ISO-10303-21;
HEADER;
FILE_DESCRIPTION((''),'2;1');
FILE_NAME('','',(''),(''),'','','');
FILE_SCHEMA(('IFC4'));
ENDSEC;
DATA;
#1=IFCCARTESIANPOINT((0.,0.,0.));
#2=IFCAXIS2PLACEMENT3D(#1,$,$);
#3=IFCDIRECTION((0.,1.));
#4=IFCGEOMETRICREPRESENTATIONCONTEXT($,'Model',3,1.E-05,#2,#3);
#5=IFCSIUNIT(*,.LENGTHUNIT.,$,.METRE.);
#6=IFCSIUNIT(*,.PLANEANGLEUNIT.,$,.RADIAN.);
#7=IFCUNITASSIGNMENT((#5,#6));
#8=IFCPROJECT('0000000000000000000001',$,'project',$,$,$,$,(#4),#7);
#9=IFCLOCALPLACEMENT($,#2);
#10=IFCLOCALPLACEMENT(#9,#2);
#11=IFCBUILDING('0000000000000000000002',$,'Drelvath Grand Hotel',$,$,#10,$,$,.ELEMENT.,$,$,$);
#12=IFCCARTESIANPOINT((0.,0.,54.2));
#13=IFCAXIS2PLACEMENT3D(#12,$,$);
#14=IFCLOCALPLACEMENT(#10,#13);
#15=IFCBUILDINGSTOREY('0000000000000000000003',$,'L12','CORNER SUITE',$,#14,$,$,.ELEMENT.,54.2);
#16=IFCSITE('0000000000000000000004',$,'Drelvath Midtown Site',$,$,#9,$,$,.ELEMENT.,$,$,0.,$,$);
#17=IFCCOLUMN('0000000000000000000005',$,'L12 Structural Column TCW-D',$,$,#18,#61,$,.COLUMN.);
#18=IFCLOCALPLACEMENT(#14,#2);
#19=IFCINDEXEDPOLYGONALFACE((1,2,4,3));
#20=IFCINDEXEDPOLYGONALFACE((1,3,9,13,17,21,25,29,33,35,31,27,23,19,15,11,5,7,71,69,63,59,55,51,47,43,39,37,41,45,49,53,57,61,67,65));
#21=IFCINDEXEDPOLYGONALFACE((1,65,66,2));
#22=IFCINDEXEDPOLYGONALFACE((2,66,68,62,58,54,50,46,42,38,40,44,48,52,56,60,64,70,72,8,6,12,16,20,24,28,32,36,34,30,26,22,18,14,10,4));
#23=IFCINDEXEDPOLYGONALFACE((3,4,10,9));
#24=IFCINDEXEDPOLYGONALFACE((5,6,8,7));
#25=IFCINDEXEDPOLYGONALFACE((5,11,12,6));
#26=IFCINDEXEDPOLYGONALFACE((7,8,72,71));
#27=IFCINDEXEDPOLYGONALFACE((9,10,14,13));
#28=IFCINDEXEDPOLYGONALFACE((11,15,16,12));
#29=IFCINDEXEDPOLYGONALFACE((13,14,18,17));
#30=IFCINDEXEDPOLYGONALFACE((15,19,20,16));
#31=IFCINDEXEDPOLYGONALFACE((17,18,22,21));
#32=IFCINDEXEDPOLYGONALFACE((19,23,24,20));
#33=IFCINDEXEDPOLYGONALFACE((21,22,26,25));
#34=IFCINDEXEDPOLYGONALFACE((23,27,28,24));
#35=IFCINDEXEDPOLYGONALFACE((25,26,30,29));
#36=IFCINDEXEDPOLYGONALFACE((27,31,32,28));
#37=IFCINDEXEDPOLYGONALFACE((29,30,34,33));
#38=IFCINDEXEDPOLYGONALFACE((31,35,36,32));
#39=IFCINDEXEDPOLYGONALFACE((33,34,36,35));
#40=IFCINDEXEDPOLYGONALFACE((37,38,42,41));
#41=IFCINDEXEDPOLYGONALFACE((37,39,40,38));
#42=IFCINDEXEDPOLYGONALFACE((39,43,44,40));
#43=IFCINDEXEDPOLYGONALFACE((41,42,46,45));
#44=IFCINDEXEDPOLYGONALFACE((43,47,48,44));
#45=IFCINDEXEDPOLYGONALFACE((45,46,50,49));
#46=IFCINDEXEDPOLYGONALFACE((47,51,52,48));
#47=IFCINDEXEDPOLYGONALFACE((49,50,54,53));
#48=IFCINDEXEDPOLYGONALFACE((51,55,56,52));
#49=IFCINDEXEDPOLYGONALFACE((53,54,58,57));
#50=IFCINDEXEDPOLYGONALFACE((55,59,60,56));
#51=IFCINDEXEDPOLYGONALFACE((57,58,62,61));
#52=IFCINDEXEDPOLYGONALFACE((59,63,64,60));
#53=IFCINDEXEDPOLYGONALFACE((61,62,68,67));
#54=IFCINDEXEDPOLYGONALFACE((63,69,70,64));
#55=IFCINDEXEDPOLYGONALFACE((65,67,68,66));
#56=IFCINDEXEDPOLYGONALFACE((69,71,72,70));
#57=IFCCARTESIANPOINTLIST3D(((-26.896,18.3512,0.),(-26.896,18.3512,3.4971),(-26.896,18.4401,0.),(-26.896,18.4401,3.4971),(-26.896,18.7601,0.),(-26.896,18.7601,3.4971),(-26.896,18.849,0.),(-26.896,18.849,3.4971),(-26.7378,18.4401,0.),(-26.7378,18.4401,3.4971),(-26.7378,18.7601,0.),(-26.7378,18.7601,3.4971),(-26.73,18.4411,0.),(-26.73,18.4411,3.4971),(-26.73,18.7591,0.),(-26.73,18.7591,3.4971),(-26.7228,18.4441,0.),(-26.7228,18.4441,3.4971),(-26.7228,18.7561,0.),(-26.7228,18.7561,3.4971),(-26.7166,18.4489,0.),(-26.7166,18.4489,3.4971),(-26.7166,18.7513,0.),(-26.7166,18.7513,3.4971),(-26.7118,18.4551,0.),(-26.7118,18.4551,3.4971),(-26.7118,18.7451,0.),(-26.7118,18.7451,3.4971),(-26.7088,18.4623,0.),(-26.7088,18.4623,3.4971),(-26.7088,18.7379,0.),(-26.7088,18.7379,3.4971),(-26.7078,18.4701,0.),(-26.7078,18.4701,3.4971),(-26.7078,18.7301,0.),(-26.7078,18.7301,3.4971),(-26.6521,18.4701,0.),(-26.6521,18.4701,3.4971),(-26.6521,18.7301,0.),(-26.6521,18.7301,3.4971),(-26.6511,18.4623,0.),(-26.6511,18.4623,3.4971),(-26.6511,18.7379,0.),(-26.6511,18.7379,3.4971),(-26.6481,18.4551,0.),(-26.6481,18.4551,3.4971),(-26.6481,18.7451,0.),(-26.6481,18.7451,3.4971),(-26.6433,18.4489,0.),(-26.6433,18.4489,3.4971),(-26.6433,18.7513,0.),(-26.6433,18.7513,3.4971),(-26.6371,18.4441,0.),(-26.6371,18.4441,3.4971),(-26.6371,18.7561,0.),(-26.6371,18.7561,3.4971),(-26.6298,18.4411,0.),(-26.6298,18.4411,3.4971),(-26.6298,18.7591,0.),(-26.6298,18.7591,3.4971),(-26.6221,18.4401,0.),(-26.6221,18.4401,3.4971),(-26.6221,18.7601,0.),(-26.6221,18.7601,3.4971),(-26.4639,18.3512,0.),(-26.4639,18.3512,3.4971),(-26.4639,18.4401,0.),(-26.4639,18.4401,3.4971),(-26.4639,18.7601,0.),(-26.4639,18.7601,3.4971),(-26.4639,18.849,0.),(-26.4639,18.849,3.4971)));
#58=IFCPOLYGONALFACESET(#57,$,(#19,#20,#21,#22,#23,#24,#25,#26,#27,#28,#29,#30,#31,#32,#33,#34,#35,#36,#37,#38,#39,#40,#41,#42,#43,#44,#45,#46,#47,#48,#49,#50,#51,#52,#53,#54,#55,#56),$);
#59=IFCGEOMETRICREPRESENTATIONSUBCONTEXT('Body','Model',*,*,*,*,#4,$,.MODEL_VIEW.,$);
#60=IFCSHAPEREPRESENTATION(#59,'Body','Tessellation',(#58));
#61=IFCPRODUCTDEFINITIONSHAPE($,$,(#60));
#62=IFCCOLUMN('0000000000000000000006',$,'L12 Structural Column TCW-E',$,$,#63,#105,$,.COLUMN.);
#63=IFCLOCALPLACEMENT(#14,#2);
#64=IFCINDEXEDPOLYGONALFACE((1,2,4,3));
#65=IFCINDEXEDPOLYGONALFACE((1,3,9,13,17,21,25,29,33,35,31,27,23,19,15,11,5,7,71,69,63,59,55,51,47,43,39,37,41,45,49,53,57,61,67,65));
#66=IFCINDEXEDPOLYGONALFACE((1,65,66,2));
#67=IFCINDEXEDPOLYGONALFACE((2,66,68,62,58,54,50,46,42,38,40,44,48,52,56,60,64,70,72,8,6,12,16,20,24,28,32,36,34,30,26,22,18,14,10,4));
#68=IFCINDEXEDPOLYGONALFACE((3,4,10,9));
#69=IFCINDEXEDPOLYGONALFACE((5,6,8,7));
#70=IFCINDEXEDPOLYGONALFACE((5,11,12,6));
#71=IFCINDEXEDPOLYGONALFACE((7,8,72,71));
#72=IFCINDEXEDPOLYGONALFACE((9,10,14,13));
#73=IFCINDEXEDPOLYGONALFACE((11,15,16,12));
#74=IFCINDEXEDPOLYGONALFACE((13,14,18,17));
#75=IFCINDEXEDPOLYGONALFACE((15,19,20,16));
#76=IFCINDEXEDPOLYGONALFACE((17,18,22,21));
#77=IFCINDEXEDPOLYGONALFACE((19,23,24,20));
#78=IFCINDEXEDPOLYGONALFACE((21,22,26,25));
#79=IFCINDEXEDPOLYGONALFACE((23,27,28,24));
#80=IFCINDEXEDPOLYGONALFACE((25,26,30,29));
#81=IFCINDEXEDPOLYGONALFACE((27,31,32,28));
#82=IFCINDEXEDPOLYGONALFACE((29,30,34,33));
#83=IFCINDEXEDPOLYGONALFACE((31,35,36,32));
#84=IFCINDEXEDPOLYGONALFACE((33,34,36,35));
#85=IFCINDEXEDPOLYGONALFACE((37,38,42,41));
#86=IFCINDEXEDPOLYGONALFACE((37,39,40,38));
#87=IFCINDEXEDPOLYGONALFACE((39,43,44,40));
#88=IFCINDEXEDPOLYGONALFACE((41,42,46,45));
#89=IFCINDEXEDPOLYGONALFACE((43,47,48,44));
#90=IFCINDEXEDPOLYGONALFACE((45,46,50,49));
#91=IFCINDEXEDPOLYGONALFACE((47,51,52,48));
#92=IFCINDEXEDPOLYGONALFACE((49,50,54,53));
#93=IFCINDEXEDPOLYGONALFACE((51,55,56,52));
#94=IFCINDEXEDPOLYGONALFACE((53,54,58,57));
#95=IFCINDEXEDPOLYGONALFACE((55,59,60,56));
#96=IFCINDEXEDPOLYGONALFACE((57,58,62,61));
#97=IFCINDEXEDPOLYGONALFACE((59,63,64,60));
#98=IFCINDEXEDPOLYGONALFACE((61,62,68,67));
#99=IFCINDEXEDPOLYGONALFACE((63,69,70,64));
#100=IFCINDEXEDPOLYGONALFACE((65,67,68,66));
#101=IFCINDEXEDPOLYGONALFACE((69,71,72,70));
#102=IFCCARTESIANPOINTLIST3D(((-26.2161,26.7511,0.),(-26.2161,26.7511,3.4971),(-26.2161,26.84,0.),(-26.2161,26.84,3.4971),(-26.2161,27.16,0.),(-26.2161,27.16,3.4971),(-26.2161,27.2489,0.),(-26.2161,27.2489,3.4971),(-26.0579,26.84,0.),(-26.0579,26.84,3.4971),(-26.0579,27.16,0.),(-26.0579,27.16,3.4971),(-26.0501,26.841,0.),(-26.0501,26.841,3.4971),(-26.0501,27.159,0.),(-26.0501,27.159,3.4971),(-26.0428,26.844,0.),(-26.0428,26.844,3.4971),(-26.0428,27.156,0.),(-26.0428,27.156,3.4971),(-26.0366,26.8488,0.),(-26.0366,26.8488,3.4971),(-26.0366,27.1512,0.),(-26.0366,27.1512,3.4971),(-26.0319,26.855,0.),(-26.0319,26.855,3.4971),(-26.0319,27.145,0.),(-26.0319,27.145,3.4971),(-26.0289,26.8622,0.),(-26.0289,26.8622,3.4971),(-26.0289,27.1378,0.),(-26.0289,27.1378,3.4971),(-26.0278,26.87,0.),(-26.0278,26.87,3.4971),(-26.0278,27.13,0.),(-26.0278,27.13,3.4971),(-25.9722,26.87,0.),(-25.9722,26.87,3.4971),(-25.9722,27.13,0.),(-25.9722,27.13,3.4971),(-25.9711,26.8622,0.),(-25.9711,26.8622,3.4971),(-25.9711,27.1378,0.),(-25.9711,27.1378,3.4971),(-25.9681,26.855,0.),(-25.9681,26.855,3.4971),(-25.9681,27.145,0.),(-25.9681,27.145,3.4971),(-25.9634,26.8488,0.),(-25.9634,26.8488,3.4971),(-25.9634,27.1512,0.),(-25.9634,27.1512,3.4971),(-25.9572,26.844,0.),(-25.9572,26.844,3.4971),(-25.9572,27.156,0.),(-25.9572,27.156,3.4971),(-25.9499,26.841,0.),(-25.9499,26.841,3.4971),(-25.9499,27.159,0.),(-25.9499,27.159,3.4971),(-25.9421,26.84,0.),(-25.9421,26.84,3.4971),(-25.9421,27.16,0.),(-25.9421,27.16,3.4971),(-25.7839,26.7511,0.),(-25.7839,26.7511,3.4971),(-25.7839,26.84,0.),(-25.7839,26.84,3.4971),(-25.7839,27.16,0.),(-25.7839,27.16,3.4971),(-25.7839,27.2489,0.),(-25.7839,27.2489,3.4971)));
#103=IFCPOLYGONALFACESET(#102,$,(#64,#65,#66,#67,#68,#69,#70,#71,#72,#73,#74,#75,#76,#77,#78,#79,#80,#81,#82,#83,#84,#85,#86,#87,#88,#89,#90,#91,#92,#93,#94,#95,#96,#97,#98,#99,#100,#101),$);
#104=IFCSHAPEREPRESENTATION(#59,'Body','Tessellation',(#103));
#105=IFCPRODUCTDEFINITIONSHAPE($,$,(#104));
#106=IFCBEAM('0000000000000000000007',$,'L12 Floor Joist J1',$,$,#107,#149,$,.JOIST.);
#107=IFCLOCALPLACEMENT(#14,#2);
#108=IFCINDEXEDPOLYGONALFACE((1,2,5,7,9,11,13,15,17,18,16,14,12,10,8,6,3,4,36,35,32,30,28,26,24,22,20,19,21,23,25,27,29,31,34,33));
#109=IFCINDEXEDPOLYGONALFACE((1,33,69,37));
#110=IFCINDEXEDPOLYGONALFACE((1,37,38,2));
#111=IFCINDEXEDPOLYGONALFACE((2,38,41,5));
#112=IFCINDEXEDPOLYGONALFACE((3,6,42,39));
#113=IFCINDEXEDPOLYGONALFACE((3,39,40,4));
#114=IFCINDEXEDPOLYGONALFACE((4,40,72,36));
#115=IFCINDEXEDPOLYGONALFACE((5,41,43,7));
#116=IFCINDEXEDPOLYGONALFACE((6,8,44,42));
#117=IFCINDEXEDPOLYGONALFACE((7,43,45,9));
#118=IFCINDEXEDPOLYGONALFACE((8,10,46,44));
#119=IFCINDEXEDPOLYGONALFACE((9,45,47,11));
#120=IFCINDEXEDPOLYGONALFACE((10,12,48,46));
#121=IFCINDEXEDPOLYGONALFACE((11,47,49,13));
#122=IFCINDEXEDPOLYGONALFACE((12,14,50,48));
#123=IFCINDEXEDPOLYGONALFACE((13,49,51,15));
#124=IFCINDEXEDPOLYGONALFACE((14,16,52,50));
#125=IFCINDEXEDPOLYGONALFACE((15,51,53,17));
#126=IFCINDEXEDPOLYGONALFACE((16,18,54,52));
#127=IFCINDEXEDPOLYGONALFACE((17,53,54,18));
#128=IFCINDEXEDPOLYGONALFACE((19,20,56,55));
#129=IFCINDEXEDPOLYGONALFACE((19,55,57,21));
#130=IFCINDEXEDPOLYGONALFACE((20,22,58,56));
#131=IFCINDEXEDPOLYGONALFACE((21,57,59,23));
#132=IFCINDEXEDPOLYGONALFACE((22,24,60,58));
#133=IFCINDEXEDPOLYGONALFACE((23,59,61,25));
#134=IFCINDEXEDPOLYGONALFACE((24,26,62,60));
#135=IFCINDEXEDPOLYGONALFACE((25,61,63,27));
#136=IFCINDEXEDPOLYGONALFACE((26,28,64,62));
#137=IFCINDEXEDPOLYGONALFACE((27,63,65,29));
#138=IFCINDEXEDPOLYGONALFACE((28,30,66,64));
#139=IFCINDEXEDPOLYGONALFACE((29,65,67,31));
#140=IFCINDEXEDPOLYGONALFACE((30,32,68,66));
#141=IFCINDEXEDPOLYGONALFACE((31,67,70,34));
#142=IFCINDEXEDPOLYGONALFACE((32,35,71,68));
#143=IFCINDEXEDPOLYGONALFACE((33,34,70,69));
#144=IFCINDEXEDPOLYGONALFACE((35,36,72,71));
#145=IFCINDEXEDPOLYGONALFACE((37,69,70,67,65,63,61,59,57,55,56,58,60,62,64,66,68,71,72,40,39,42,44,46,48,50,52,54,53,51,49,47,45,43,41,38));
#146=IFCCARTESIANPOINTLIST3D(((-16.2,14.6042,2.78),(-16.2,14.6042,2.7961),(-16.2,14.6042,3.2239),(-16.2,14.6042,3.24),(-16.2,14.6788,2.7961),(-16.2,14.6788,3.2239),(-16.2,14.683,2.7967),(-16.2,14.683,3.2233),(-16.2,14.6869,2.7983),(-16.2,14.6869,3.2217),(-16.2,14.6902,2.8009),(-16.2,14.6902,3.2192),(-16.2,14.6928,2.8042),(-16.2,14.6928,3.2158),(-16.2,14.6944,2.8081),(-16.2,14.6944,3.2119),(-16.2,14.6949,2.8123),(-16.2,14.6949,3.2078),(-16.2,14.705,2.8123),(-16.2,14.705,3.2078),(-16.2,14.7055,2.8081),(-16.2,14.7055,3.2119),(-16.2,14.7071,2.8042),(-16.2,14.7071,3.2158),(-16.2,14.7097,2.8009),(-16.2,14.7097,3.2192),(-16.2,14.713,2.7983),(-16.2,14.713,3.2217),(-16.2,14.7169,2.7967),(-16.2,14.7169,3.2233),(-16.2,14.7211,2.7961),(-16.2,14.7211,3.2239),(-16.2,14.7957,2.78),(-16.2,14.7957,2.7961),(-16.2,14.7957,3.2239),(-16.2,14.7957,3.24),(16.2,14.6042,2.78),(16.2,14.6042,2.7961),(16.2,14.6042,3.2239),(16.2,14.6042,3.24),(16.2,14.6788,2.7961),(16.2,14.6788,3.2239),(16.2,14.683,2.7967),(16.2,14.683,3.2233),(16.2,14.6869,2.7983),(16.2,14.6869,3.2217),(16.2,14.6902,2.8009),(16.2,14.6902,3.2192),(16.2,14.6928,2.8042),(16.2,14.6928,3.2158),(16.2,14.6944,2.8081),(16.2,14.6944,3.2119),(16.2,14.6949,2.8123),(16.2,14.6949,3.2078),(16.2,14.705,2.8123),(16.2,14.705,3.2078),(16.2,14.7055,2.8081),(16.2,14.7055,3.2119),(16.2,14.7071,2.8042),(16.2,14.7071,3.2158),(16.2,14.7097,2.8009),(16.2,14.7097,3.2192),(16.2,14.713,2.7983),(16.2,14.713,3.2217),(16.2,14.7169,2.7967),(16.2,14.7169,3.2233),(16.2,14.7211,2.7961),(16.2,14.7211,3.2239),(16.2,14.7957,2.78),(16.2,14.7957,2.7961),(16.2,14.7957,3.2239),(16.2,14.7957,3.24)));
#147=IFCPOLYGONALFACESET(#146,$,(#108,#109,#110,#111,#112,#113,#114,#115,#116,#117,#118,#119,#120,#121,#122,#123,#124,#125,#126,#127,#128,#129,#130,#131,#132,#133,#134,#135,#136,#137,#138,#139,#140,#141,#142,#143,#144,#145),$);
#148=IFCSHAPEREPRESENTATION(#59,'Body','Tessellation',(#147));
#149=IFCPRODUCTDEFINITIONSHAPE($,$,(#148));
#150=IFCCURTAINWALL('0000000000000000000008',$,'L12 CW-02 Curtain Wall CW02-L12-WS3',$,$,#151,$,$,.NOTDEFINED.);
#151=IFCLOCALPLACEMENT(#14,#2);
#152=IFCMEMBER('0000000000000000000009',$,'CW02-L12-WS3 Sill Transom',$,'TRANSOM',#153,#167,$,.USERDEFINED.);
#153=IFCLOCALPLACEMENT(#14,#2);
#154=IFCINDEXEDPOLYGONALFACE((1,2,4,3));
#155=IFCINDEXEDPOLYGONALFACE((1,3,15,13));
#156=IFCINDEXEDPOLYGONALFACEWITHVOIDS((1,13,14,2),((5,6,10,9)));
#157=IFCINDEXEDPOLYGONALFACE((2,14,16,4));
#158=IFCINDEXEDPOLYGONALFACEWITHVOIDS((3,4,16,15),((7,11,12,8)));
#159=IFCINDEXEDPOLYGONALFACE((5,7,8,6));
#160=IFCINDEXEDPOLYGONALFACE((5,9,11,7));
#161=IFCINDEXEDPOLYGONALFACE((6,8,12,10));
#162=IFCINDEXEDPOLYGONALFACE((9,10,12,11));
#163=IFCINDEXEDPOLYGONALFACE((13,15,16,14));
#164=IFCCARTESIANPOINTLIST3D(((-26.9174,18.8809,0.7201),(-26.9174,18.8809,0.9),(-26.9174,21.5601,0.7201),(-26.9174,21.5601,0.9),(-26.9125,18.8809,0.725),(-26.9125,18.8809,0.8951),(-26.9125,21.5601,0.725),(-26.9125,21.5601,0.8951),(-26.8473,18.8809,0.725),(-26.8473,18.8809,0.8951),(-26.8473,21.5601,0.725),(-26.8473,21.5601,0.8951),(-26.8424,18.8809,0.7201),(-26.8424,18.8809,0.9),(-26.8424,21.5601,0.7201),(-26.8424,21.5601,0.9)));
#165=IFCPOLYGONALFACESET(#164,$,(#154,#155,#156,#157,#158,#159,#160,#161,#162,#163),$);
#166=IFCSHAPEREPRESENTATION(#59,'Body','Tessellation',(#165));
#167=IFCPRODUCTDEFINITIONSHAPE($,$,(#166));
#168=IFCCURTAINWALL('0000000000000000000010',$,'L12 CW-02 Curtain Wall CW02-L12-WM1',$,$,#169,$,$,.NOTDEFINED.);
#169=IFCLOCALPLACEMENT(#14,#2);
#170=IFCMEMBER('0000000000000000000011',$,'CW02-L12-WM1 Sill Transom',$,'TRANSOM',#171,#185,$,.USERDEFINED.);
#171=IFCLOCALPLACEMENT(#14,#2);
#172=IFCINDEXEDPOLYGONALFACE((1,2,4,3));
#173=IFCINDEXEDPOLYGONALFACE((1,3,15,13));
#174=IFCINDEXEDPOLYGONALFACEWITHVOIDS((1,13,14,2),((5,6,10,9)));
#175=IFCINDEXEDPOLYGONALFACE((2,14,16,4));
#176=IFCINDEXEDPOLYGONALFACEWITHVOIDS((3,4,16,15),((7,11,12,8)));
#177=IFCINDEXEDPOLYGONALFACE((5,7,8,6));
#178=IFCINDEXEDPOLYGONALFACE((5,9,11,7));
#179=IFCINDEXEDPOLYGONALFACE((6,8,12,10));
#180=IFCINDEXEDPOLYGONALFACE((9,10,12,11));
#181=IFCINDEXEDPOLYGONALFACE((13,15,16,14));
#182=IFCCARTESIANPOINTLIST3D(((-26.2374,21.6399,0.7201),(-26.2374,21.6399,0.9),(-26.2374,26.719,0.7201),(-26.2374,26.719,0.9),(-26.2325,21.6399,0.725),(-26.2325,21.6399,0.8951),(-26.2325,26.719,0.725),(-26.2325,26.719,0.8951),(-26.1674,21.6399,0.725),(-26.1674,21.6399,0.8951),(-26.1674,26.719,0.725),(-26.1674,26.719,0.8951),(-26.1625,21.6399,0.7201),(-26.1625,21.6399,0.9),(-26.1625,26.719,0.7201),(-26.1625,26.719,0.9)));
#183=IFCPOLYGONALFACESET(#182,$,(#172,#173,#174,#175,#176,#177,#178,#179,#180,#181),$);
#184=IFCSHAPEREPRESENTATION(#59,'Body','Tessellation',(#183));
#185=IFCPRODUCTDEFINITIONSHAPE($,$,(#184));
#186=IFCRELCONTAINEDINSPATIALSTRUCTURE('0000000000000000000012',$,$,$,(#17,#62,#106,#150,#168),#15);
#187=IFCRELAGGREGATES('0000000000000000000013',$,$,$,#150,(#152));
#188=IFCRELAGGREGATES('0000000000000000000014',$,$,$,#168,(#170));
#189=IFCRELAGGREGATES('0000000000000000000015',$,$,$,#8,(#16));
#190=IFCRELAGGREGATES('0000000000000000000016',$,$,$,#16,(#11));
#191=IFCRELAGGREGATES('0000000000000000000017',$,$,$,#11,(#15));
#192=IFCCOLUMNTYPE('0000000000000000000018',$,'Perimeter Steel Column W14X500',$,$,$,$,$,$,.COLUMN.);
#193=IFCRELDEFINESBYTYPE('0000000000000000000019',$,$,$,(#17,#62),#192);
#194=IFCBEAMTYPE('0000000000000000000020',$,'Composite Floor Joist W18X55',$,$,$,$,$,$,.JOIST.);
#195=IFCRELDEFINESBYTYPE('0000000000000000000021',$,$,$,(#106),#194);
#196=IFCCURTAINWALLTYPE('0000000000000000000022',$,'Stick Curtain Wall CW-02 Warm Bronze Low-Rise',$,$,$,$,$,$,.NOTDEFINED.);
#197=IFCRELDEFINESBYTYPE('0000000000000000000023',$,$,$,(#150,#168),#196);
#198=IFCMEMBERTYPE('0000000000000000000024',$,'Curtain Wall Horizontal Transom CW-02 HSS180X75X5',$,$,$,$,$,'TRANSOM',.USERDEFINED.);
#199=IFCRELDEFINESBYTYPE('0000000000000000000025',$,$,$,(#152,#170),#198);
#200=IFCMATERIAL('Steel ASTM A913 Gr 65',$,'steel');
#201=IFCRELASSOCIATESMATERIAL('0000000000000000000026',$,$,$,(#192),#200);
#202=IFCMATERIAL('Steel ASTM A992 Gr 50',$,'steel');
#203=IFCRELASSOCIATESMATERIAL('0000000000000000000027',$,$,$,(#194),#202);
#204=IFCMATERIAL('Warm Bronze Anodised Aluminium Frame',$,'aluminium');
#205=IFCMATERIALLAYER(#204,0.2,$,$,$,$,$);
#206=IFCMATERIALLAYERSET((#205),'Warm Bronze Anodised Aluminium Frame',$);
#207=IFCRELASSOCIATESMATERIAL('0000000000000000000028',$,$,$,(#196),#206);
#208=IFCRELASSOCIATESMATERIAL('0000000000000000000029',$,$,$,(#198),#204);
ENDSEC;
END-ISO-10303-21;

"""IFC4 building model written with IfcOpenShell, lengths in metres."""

from ifc_helpers import new_model, si_unit, direction, frame, origin, origin_2d, place, context, subcontext, project, spatial, hollow_rectangle, i_section, extrude, material, layer, layer_set, material_profile, profile_set, type_object, element, aggregate, save


model = new_model("IFC4")

# Units and contexts
model_context = context("Model", 3, precision=1e-05, world=origin(), true_north=direction((0.0, 1.0)))
body_context = subcontext(model_context, "Body", "Model", "MODEL_VIEW")
ifc_project = project(units=[si_unit("LENGTHUNIT", "METRE"), si_unit("PLANEANGLEUNIT", "RADIAN")], contexts=[model_context])

# Site, building, storey
site_placement = place(None, origin())
site = spatial("IfcSite", under=ifc_project, at=site_placement, Name="Drelvath Midtown Site", CompositionType="ELEMENT", RefElevation=0.0)
building_placement = place(site_placement, origin())
building = spatial("IfcBuilding", under=site, at=building_placement, Name="Drelvath Grand Hotel", CompositionType="ELEMENT")
storey_placement = place(building_placement, frame((0.0, 0.0, 54.2)))
storey = spatial("IfcBuildingStorey", under=building, at=storey_placement, Name="L12", Description="CORNER SUITE", CompositionType="ELEMENT", Elevation=54.2)

# Columns
ifc_material_1 = material(Name="Steel ASTM A913 Gr 65", Category="steel")
ifc_material_profile_1 = material_profile(ifc_material_1, i_section(OverallWidth=0.4321, OverallDepth=0.4978, WebThickness=0.0557, FlangeThickness=0.0889, FilletRadius=0.03, at=origin_2d()), Name="W14X500")
ifc_profile_set_1 = profile_set([ifc_material_profile_1], Name="Steel ASTM A913 Gr 65")
column_type = type_object("IfcColumnType", Name="Perimeter Steel Column W14X500", PredefinedType="COLUMN", material=ifc_profile_set_1)
for number, where, z_axis, x_axis, name in (
    (1, (-26.6799, 18.6001, 0.0), (0.0, 0.0, 1.0), (1.0, 0.0, 0.0), "L12 Structural Column TCW-D"),
    (2, (-26.0, 27.0, 0.0), (0.0, 0.0, 1.0), (1.0, 0.0, 0.0), "L12 Structural Column TCW-E"),
):
    element("IfcColumn", number, at=place(storey_placement, frame(where, z_axis=z_axis, x_axis=x_axis)), inside=storey, type_object=column_type, Name=name, PredefinedType="COLUMN", context=body_context, shape_type="SweptSolid", body=[
        extrude(i_section(OverallWidth=0.4321, OverallDepth=0.4978, WebThickness=0.0557, FlangeThickness=0.0889, FilletRadius=0.03, at=origin_2d()), origin(), (0.0, 0.0, 1.0), 3.4971),
    ])

# Beam
ifc_material_2 = material(Name="Steel ASTM A992 Gr 50", Category="steel")
ifc_material_profile_2 = material_profile(ifc_material_2, i_section(OverallWidth=0.1914, OverallDepth=0.46, WebThickness=0.01, FlangeThickness=0.0161, FilletRadius=0.0161, at=origin_2d()), Name="W18X55")
ifc_profile_set_2 = profile_set([ifc_material_profile_2], Name="Steel ASTM A992 Gr 50")
beam_type_1 = type_object("IfcBeamType", Name="Composite Floor Joist W18X55", PredefinedType="JOIST", material=ifc_profile_set_2)
beam_1_placement = place(storey_placement, frame((-16.2, 14.7, 3.01), z_axis=(1.0, 0.0, 0.0), x_axis=(0.0, 1.0, 0.0)))
element("IfcBeam", 3, at=beam_1_placement, inside=storey, type_object=beam_type_1, Name="L12 Floor Joist J1", PredefinedType="JOIST", context=body_context, shape_type="SweptSolid", body=[
    extrude(i_section(OverallWidth=0.1914, OverallDepth=0.46, WebThickness=0.01, FlangeThickness=0.0161, FilletRadius=0.0161, at=origin_2d()), origin(), (0.0, 0.0, 1.0), 32.3999),
])

# Curtain walls, members
ifc_material_3 = material(Name="Warm Bronze Anodised Aluminium Frame", Category="aluminium")
ifc_layer_1 = layer(ifc_material_3, 0.2)
ifc_layer_set_1 = layer_set([ifc_layer_1], Name="Warm Bronze Anodised Aluminium Frame")
curtain_wall_type = type_object("IfcCurtainWallType", Name="Stick Curtain Wall CW-02 Warm Bronze Low-Rise", PredefinedType="NOTDEFINED", material=ifc_layer_set_1)
curtain_wall_1_placement = place(storey_placement, origin())
curtain_wall_1 = element("IfcCurtainWall", 4, at=curtain_wall_1_placement, inside=storey, type_object=curtain_wall_type, Name="L12 CW-02 Curtain Wall CW02-L12-WS3", PredefinedType="NOTDEFINED")
ifc_material_profile_3 = material_profile(ifc_material_3, hollow_rectangle(XDim=0.075, YDim=0.1799, WallThickness=0.0049, at=origin_2d()), Name="HSS180X75X5")
ifc_profile_set_3 = profile_set([ifc_material_profile_3], Name="Warm Bronze Anodised Aluminium Frame")
member_type_1 = type_object("IfcMemberType", Name="Curtain Wall Horizontal Transom CW-02 HSS180X75X5", ElementType="TRANSOM", PredefinedType="USERDEFINED", material=ifc_profile_set_3)
member_1_placement = place(storey_placement, frame((-26.8799, 18.8809, 0.8101), z_axis=(0.0, 1.0, 0.0), x_axis=(-1.0, 0.0, 0.0)))
member_1 = element("IfcMember", 5, at=member_1_placement, type_object=member_type_1, Name="CW02-L12-WS3 Sill Transom", ObjectType="TRANSOM", PredefinedType="USERDEFINED", context=body_context, shape_type="SweptSolid", body=[
    extrude(hollow_rectangle(XDim=0.075, YDim=0.1799, WallThickness=0.0049, at=origin_2d()), origin(), (0.0, 0.0, 1.0), 2.6792),
])
curtain_wall_2_placement = place(storey_placement, origin())
curtain_wall_2 = element("IfcCurtainWall", 6, at=curtain_wall_2_placement, inside=storey, type_object=curtain_wall_type, Name="L12 CW-02 Curtain Wall CW02-L12-WM1", PredefinedType="NOTDEFINED")
member_2_placement = place(storey_placement, frame((-26.2, 21.6399, 0.8101), z_axis=(0.0, 1.0, 0.0), x_axis=(-1.0, 0.0, 0.0)))
member_2 = element("IfcMember", 7, at=member_2_placement, type_object=member_type_1, Name="CW02-L12-WM1 Sill Transom", ObjectType="TRANSOM", PredefinedType="USERDEFINED", context=body_context, shape_type="SweptSolid", body=[
    extrude(hollow_rectangle(XDim=0.075, YDim=0.1799, WallThickness=0.0049, at=origin_2d()), origin(), (0.0, 0.0, 1.0), 5.0791),
])

aggregate(curtain_wall_1, [member_1])
aggregate(curtain_wall_2, [member_2])

save(model, "model.ifc")
